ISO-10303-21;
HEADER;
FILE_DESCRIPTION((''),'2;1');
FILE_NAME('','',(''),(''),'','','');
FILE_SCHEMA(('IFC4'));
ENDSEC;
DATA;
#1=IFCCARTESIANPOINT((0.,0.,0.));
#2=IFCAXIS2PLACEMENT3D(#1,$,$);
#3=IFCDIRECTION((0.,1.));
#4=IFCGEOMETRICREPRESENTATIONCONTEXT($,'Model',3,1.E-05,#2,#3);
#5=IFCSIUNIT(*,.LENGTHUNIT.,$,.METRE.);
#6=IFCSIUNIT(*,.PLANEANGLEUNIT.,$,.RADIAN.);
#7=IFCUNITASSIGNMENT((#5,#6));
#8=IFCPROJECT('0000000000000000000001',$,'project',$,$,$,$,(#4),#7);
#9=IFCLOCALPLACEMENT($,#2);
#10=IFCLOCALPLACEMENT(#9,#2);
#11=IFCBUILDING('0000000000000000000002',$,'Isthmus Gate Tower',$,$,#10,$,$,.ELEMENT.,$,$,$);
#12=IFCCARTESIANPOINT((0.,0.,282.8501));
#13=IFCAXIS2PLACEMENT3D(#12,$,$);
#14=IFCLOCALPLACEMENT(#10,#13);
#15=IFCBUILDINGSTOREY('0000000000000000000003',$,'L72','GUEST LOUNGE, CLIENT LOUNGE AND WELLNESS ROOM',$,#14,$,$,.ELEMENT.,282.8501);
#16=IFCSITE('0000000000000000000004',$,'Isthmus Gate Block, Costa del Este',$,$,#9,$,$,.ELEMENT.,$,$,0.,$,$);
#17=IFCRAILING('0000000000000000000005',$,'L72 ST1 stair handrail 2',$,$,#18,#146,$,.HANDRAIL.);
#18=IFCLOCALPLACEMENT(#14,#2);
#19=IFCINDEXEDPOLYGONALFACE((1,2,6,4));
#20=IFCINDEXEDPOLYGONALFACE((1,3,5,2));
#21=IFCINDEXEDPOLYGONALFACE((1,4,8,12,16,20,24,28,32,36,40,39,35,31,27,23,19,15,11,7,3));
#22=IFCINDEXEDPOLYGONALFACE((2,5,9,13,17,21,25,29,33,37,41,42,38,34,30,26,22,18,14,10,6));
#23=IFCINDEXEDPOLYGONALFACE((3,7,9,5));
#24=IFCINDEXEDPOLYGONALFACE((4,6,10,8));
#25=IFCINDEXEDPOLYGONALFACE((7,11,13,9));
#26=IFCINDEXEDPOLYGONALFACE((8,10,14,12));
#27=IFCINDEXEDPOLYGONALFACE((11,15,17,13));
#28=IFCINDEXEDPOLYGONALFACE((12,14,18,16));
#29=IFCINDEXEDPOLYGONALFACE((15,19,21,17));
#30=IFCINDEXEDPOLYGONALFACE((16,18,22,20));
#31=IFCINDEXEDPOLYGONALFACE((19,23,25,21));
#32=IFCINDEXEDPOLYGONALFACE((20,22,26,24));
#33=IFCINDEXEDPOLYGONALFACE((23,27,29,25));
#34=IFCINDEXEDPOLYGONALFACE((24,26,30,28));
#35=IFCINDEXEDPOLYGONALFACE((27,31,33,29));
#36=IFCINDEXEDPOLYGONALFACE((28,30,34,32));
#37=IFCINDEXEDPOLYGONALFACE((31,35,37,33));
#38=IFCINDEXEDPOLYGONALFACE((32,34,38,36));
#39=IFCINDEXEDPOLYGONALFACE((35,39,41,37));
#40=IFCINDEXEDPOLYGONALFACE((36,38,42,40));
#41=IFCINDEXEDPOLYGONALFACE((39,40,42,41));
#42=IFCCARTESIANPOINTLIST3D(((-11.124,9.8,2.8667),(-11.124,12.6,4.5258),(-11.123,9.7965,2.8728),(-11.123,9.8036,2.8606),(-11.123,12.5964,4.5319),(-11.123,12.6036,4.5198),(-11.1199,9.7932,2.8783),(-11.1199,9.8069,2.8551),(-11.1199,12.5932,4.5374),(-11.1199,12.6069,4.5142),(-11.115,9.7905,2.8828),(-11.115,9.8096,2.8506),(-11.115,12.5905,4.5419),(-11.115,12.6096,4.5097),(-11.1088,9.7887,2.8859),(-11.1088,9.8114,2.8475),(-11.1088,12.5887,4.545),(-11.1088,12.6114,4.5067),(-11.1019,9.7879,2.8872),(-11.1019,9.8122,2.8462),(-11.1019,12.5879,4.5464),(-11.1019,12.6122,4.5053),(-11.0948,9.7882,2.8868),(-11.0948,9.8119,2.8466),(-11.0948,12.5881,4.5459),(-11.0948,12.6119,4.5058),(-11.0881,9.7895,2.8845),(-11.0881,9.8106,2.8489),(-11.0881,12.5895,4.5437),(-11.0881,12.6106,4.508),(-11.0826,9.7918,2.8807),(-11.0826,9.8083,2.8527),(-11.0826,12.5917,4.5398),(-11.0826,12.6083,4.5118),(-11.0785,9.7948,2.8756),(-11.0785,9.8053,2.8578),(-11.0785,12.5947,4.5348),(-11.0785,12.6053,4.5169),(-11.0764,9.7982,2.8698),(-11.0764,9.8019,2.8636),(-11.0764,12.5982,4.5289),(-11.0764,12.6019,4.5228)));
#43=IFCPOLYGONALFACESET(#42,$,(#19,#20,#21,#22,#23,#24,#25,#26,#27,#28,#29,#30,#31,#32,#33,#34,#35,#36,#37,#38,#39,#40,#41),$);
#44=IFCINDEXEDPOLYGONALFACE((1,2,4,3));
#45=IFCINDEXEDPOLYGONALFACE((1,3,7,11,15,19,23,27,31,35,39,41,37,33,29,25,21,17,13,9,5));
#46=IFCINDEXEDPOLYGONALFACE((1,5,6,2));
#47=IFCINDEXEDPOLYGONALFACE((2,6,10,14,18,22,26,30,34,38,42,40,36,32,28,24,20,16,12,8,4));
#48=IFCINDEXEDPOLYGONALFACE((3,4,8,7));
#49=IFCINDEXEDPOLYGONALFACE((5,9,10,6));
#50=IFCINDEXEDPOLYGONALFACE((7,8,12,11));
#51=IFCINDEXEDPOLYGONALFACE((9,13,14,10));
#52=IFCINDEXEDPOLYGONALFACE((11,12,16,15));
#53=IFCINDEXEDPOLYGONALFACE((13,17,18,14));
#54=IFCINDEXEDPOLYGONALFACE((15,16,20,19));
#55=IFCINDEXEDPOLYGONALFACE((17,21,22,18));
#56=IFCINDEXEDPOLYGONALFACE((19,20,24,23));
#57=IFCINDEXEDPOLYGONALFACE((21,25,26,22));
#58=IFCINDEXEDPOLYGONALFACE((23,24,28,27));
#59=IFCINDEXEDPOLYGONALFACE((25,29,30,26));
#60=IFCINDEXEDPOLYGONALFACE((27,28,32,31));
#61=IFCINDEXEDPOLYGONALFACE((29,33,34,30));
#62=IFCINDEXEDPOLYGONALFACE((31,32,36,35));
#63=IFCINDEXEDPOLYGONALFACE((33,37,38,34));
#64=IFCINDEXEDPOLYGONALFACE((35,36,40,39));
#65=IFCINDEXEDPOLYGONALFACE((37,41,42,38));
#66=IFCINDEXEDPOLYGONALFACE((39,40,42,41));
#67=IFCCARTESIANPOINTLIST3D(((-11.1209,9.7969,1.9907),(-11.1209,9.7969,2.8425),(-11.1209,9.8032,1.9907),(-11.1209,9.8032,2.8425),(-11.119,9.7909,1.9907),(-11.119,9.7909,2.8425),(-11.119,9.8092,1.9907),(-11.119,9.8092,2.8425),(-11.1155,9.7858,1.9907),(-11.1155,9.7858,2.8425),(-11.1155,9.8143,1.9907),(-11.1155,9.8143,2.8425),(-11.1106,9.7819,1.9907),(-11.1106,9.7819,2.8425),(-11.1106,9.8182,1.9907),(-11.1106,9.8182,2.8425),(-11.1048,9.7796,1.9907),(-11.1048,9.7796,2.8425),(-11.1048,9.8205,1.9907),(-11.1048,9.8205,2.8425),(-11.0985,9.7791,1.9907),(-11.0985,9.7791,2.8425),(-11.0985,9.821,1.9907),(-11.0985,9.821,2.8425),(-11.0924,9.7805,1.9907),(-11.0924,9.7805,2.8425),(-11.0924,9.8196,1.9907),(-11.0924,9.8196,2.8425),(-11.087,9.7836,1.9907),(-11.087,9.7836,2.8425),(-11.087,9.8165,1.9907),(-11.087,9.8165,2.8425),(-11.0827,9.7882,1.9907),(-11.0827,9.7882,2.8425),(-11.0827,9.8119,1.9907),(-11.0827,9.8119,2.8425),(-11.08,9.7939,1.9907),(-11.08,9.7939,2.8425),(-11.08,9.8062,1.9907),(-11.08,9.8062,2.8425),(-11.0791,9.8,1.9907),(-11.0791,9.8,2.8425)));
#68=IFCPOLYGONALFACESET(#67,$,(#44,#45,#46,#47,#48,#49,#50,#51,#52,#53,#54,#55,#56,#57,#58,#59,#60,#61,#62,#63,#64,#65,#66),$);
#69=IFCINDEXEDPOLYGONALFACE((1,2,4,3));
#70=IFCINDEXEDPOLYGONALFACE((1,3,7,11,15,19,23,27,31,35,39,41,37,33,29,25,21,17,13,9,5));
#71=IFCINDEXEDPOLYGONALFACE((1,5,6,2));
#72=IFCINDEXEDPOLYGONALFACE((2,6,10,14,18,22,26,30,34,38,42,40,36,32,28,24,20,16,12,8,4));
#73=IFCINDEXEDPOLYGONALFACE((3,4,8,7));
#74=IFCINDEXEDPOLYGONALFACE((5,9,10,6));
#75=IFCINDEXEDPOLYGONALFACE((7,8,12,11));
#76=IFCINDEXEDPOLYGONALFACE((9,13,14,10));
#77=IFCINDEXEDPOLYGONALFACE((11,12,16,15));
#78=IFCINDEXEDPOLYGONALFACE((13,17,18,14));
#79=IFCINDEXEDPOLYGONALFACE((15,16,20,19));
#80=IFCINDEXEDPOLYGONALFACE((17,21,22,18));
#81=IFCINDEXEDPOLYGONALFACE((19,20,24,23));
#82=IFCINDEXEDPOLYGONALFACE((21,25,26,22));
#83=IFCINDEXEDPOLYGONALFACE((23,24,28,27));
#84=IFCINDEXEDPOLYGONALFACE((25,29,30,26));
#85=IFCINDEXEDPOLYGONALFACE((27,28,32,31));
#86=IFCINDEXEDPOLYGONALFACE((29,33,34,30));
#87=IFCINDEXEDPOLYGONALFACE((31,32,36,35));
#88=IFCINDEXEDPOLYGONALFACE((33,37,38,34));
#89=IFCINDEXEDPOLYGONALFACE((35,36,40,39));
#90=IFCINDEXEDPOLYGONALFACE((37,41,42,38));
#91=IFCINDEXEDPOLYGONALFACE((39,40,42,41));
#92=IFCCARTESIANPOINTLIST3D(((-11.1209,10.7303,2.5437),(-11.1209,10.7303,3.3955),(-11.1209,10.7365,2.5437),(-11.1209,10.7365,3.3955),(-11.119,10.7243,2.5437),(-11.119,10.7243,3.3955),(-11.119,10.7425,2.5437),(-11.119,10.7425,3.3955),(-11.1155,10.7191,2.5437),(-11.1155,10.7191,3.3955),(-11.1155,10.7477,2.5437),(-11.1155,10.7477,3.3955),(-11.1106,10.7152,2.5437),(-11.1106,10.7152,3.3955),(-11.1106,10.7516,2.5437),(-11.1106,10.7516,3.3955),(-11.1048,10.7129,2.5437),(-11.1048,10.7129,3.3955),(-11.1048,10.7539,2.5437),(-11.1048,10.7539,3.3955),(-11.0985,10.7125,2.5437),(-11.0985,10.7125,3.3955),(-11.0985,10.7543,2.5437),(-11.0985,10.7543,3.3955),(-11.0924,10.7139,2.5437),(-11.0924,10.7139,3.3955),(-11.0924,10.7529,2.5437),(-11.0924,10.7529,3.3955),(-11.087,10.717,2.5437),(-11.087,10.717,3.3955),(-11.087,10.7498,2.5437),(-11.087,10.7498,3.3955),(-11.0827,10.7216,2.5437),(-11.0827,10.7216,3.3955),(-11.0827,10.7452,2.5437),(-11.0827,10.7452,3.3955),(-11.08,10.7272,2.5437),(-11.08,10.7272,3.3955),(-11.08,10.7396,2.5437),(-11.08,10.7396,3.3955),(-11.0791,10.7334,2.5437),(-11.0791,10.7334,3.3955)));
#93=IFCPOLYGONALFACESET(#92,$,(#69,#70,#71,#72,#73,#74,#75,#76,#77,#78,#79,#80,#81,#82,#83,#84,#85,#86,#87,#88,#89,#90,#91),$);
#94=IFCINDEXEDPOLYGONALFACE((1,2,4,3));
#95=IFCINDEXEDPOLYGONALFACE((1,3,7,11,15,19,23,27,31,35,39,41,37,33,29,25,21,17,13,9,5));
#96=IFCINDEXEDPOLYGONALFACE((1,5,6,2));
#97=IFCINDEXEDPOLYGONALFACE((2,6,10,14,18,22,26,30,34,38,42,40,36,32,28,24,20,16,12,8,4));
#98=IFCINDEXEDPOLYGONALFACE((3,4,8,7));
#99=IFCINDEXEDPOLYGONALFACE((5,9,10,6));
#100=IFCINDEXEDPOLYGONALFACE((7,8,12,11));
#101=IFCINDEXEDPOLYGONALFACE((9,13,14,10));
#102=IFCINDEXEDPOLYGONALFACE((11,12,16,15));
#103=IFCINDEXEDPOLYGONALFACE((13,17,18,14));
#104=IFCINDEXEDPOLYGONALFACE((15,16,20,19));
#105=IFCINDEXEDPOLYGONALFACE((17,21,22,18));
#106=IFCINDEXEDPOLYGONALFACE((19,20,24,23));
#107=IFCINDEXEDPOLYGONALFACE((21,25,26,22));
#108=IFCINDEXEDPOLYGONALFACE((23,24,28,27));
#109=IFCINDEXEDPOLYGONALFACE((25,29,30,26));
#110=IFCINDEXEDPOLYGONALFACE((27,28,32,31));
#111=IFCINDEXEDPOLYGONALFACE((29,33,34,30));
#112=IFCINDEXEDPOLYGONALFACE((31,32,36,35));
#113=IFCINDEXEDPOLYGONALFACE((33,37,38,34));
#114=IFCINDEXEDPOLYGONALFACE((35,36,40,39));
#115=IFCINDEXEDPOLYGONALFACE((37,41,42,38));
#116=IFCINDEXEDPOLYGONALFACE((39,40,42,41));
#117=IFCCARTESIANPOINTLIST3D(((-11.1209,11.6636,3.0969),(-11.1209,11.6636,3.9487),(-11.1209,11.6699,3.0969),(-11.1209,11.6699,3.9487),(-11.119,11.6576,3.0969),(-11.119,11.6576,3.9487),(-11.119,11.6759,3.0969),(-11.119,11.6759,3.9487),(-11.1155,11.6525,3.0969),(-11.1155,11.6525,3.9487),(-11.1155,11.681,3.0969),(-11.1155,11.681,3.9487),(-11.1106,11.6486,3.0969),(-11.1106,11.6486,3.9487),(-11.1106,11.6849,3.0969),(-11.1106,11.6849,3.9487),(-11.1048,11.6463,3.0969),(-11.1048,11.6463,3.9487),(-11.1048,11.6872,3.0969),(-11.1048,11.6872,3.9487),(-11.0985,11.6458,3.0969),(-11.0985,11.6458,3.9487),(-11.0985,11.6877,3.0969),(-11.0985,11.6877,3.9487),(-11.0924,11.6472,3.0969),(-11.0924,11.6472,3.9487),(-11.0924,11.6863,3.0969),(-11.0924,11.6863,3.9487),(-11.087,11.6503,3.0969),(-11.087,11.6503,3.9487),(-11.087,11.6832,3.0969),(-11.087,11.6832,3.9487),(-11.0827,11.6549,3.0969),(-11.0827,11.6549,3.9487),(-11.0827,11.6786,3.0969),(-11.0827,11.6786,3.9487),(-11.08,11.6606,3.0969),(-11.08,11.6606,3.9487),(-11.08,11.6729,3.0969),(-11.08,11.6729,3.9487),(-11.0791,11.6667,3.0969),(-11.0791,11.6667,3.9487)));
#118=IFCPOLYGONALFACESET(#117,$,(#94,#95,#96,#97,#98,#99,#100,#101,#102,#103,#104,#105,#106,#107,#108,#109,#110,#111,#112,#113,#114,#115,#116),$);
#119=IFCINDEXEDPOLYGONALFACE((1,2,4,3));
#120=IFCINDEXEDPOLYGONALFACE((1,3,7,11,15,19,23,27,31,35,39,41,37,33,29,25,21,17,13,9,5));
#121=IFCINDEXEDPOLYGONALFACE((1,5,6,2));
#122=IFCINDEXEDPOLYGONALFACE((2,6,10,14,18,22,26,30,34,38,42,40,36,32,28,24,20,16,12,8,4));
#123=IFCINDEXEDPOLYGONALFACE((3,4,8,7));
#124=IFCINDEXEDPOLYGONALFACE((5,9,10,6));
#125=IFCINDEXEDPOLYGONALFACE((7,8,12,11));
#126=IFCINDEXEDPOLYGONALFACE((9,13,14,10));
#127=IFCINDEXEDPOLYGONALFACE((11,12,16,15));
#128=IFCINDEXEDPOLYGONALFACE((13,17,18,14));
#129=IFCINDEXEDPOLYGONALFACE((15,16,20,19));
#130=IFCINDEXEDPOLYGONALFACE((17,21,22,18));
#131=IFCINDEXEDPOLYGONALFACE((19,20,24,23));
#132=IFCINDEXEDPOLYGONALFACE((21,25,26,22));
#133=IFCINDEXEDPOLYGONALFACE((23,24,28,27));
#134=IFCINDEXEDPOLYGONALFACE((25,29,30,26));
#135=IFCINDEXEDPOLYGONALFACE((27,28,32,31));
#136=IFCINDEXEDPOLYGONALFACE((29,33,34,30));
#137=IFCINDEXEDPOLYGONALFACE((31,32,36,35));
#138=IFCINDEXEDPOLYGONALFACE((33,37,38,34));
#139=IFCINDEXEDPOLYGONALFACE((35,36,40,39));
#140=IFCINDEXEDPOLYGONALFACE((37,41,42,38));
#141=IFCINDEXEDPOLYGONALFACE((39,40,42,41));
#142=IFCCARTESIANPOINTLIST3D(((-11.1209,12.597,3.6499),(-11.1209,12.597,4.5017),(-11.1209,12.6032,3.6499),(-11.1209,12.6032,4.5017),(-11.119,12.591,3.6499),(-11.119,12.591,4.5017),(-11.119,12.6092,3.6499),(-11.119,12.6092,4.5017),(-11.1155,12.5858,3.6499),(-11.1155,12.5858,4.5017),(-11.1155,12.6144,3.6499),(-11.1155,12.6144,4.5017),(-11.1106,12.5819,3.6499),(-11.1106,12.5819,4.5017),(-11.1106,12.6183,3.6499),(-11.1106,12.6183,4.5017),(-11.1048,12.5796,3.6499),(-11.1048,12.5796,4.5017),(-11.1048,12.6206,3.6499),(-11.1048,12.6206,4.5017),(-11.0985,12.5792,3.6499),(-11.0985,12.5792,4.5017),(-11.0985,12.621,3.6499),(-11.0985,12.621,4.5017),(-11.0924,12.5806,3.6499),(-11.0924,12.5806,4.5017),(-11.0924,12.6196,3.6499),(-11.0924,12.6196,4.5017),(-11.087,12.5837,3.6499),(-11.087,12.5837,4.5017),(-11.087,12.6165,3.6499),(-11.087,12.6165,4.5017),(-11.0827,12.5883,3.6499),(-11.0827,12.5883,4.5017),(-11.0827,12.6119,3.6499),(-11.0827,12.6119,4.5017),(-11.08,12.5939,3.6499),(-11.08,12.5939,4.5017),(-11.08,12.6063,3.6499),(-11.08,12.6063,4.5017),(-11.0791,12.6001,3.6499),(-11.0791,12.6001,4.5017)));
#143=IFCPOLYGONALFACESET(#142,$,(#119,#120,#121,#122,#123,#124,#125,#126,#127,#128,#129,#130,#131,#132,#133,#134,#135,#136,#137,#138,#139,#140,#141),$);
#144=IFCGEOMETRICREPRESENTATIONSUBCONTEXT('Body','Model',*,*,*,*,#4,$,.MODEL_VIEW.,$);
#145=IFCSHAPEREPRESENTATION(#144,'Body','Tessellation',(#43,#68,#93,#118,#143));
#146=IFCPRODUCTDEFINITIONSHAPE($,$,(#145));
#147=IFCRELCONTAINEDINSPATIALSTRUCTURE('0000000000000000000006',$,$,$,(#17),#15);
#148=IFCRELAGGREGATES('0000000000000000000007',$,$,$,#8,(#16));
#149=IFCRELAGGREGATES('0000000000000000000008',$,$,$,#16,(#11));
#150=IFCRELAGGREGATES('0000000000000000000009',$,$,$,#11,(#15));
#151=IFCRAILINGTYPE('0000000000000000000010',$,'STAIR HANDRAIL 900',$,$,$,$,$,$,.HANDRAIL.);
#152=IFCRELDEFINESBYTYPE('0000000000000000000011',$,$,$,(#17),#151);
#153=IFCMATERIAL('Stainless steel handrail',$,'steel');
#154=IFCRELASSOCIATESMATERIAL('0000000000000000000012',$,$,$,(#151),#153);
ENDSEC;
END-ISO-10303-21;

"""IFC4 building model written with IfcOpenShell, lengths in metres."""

from ifc_helpers import new_model, si_unit, direction, frame, origin, origin_2d, place, context, subcontext, project, spatial, circle, extrude, material, type_object, element, save


model = new_model("IFC4")

# Units and contexts
model_context = context("Model", 3, precision=1e-05, world=origin(), true_north=direction((0.0, 1.0)))
body_context = subcontext(model_context, "Body", "Model", "MODEL_VIEW")
ifc_project = project(units=[si_unit("LENGTHUNIT", "METRE"), si_unit("PLANEANGLEUNIT", "RADIAN")], contexts=[model_context])

# Site, building, storey
site_placement = place(None, origin())
site = spatial("IfcSite", under=ifc_project, at=site_placement, Name="Isthmus Gate Block, Costa del Este", CompositionType="ELEMENT", RefElevation=0.0)
building_placement = place(site_placement, origin())
building = spatial("IfcBuilding", under=site, at=building_placement, Name="Isthmus Gate Tower", CompositionType="ELEMENT")
storey_placement = place(building_placement, frame((0.0, 0.0, 282.8501)))
storey = spatial("IfcBuildingStorey", under=building, at=storey_placement, Name="L72", Description="GUEST LOUNGE, CLIENT LOUNGE AND WELLNESS ROOM", CompositionType="ELEMENT", Elevation=282.8501)

# Railing
ifc_material_1 = material(Name="Stainless steel handrail", Category="steel")
railing_type_1 = type_object("IfcRailingType", Name="STAIR HANDRAIL 900", PredefinedType="HANDRAIL", material=ifc_material_1)
railing_1_placement = place(storey_placement, frame((-11.1001, 9.8, 1.9907)))
element("IfcRailing", 1, at=railing_1_placement, inside=storey, type_object=railing_type_1, Name="L72 ST1 stair handrail 2", PredefinedType="HANDRAIL", context=body_context, shape_type="SweptSolid", body=[
    extrude(circle(Radius=0.0239, at=origin_2d()), frame((0.0, 0.0, 0.876), z_axis=(0.0, 0.860306, 0.509778), x_axis=(-1.0, 0.0, 0.0)), (0.0, 0.0, 1.0), 3.2546),
    extrude(circle(Radius=0.021, at=origin_2d()), origin(), (0.0, 0.0, 1.0), 0.8518),
    extrude(circle(Radius=0.021, at=origin_2d()), frame((0.0, 0.9333, 0.553)), (0.0, 0.0, 1.0), 0.8518),
    extrude(circle(Radius=0.021, at=origin_2d()), frame((0.0, 1.8667, 1.1062)), (0.0, 0.0, 1.0), 0.8518),
    extrude(circle(Radius=0.021, at=origin_2d()), frame((0.0, 2.8, 1.6592)), (0.0, 0.0, 1.0), 0.8518),
])

save(model, "model.ifc")
